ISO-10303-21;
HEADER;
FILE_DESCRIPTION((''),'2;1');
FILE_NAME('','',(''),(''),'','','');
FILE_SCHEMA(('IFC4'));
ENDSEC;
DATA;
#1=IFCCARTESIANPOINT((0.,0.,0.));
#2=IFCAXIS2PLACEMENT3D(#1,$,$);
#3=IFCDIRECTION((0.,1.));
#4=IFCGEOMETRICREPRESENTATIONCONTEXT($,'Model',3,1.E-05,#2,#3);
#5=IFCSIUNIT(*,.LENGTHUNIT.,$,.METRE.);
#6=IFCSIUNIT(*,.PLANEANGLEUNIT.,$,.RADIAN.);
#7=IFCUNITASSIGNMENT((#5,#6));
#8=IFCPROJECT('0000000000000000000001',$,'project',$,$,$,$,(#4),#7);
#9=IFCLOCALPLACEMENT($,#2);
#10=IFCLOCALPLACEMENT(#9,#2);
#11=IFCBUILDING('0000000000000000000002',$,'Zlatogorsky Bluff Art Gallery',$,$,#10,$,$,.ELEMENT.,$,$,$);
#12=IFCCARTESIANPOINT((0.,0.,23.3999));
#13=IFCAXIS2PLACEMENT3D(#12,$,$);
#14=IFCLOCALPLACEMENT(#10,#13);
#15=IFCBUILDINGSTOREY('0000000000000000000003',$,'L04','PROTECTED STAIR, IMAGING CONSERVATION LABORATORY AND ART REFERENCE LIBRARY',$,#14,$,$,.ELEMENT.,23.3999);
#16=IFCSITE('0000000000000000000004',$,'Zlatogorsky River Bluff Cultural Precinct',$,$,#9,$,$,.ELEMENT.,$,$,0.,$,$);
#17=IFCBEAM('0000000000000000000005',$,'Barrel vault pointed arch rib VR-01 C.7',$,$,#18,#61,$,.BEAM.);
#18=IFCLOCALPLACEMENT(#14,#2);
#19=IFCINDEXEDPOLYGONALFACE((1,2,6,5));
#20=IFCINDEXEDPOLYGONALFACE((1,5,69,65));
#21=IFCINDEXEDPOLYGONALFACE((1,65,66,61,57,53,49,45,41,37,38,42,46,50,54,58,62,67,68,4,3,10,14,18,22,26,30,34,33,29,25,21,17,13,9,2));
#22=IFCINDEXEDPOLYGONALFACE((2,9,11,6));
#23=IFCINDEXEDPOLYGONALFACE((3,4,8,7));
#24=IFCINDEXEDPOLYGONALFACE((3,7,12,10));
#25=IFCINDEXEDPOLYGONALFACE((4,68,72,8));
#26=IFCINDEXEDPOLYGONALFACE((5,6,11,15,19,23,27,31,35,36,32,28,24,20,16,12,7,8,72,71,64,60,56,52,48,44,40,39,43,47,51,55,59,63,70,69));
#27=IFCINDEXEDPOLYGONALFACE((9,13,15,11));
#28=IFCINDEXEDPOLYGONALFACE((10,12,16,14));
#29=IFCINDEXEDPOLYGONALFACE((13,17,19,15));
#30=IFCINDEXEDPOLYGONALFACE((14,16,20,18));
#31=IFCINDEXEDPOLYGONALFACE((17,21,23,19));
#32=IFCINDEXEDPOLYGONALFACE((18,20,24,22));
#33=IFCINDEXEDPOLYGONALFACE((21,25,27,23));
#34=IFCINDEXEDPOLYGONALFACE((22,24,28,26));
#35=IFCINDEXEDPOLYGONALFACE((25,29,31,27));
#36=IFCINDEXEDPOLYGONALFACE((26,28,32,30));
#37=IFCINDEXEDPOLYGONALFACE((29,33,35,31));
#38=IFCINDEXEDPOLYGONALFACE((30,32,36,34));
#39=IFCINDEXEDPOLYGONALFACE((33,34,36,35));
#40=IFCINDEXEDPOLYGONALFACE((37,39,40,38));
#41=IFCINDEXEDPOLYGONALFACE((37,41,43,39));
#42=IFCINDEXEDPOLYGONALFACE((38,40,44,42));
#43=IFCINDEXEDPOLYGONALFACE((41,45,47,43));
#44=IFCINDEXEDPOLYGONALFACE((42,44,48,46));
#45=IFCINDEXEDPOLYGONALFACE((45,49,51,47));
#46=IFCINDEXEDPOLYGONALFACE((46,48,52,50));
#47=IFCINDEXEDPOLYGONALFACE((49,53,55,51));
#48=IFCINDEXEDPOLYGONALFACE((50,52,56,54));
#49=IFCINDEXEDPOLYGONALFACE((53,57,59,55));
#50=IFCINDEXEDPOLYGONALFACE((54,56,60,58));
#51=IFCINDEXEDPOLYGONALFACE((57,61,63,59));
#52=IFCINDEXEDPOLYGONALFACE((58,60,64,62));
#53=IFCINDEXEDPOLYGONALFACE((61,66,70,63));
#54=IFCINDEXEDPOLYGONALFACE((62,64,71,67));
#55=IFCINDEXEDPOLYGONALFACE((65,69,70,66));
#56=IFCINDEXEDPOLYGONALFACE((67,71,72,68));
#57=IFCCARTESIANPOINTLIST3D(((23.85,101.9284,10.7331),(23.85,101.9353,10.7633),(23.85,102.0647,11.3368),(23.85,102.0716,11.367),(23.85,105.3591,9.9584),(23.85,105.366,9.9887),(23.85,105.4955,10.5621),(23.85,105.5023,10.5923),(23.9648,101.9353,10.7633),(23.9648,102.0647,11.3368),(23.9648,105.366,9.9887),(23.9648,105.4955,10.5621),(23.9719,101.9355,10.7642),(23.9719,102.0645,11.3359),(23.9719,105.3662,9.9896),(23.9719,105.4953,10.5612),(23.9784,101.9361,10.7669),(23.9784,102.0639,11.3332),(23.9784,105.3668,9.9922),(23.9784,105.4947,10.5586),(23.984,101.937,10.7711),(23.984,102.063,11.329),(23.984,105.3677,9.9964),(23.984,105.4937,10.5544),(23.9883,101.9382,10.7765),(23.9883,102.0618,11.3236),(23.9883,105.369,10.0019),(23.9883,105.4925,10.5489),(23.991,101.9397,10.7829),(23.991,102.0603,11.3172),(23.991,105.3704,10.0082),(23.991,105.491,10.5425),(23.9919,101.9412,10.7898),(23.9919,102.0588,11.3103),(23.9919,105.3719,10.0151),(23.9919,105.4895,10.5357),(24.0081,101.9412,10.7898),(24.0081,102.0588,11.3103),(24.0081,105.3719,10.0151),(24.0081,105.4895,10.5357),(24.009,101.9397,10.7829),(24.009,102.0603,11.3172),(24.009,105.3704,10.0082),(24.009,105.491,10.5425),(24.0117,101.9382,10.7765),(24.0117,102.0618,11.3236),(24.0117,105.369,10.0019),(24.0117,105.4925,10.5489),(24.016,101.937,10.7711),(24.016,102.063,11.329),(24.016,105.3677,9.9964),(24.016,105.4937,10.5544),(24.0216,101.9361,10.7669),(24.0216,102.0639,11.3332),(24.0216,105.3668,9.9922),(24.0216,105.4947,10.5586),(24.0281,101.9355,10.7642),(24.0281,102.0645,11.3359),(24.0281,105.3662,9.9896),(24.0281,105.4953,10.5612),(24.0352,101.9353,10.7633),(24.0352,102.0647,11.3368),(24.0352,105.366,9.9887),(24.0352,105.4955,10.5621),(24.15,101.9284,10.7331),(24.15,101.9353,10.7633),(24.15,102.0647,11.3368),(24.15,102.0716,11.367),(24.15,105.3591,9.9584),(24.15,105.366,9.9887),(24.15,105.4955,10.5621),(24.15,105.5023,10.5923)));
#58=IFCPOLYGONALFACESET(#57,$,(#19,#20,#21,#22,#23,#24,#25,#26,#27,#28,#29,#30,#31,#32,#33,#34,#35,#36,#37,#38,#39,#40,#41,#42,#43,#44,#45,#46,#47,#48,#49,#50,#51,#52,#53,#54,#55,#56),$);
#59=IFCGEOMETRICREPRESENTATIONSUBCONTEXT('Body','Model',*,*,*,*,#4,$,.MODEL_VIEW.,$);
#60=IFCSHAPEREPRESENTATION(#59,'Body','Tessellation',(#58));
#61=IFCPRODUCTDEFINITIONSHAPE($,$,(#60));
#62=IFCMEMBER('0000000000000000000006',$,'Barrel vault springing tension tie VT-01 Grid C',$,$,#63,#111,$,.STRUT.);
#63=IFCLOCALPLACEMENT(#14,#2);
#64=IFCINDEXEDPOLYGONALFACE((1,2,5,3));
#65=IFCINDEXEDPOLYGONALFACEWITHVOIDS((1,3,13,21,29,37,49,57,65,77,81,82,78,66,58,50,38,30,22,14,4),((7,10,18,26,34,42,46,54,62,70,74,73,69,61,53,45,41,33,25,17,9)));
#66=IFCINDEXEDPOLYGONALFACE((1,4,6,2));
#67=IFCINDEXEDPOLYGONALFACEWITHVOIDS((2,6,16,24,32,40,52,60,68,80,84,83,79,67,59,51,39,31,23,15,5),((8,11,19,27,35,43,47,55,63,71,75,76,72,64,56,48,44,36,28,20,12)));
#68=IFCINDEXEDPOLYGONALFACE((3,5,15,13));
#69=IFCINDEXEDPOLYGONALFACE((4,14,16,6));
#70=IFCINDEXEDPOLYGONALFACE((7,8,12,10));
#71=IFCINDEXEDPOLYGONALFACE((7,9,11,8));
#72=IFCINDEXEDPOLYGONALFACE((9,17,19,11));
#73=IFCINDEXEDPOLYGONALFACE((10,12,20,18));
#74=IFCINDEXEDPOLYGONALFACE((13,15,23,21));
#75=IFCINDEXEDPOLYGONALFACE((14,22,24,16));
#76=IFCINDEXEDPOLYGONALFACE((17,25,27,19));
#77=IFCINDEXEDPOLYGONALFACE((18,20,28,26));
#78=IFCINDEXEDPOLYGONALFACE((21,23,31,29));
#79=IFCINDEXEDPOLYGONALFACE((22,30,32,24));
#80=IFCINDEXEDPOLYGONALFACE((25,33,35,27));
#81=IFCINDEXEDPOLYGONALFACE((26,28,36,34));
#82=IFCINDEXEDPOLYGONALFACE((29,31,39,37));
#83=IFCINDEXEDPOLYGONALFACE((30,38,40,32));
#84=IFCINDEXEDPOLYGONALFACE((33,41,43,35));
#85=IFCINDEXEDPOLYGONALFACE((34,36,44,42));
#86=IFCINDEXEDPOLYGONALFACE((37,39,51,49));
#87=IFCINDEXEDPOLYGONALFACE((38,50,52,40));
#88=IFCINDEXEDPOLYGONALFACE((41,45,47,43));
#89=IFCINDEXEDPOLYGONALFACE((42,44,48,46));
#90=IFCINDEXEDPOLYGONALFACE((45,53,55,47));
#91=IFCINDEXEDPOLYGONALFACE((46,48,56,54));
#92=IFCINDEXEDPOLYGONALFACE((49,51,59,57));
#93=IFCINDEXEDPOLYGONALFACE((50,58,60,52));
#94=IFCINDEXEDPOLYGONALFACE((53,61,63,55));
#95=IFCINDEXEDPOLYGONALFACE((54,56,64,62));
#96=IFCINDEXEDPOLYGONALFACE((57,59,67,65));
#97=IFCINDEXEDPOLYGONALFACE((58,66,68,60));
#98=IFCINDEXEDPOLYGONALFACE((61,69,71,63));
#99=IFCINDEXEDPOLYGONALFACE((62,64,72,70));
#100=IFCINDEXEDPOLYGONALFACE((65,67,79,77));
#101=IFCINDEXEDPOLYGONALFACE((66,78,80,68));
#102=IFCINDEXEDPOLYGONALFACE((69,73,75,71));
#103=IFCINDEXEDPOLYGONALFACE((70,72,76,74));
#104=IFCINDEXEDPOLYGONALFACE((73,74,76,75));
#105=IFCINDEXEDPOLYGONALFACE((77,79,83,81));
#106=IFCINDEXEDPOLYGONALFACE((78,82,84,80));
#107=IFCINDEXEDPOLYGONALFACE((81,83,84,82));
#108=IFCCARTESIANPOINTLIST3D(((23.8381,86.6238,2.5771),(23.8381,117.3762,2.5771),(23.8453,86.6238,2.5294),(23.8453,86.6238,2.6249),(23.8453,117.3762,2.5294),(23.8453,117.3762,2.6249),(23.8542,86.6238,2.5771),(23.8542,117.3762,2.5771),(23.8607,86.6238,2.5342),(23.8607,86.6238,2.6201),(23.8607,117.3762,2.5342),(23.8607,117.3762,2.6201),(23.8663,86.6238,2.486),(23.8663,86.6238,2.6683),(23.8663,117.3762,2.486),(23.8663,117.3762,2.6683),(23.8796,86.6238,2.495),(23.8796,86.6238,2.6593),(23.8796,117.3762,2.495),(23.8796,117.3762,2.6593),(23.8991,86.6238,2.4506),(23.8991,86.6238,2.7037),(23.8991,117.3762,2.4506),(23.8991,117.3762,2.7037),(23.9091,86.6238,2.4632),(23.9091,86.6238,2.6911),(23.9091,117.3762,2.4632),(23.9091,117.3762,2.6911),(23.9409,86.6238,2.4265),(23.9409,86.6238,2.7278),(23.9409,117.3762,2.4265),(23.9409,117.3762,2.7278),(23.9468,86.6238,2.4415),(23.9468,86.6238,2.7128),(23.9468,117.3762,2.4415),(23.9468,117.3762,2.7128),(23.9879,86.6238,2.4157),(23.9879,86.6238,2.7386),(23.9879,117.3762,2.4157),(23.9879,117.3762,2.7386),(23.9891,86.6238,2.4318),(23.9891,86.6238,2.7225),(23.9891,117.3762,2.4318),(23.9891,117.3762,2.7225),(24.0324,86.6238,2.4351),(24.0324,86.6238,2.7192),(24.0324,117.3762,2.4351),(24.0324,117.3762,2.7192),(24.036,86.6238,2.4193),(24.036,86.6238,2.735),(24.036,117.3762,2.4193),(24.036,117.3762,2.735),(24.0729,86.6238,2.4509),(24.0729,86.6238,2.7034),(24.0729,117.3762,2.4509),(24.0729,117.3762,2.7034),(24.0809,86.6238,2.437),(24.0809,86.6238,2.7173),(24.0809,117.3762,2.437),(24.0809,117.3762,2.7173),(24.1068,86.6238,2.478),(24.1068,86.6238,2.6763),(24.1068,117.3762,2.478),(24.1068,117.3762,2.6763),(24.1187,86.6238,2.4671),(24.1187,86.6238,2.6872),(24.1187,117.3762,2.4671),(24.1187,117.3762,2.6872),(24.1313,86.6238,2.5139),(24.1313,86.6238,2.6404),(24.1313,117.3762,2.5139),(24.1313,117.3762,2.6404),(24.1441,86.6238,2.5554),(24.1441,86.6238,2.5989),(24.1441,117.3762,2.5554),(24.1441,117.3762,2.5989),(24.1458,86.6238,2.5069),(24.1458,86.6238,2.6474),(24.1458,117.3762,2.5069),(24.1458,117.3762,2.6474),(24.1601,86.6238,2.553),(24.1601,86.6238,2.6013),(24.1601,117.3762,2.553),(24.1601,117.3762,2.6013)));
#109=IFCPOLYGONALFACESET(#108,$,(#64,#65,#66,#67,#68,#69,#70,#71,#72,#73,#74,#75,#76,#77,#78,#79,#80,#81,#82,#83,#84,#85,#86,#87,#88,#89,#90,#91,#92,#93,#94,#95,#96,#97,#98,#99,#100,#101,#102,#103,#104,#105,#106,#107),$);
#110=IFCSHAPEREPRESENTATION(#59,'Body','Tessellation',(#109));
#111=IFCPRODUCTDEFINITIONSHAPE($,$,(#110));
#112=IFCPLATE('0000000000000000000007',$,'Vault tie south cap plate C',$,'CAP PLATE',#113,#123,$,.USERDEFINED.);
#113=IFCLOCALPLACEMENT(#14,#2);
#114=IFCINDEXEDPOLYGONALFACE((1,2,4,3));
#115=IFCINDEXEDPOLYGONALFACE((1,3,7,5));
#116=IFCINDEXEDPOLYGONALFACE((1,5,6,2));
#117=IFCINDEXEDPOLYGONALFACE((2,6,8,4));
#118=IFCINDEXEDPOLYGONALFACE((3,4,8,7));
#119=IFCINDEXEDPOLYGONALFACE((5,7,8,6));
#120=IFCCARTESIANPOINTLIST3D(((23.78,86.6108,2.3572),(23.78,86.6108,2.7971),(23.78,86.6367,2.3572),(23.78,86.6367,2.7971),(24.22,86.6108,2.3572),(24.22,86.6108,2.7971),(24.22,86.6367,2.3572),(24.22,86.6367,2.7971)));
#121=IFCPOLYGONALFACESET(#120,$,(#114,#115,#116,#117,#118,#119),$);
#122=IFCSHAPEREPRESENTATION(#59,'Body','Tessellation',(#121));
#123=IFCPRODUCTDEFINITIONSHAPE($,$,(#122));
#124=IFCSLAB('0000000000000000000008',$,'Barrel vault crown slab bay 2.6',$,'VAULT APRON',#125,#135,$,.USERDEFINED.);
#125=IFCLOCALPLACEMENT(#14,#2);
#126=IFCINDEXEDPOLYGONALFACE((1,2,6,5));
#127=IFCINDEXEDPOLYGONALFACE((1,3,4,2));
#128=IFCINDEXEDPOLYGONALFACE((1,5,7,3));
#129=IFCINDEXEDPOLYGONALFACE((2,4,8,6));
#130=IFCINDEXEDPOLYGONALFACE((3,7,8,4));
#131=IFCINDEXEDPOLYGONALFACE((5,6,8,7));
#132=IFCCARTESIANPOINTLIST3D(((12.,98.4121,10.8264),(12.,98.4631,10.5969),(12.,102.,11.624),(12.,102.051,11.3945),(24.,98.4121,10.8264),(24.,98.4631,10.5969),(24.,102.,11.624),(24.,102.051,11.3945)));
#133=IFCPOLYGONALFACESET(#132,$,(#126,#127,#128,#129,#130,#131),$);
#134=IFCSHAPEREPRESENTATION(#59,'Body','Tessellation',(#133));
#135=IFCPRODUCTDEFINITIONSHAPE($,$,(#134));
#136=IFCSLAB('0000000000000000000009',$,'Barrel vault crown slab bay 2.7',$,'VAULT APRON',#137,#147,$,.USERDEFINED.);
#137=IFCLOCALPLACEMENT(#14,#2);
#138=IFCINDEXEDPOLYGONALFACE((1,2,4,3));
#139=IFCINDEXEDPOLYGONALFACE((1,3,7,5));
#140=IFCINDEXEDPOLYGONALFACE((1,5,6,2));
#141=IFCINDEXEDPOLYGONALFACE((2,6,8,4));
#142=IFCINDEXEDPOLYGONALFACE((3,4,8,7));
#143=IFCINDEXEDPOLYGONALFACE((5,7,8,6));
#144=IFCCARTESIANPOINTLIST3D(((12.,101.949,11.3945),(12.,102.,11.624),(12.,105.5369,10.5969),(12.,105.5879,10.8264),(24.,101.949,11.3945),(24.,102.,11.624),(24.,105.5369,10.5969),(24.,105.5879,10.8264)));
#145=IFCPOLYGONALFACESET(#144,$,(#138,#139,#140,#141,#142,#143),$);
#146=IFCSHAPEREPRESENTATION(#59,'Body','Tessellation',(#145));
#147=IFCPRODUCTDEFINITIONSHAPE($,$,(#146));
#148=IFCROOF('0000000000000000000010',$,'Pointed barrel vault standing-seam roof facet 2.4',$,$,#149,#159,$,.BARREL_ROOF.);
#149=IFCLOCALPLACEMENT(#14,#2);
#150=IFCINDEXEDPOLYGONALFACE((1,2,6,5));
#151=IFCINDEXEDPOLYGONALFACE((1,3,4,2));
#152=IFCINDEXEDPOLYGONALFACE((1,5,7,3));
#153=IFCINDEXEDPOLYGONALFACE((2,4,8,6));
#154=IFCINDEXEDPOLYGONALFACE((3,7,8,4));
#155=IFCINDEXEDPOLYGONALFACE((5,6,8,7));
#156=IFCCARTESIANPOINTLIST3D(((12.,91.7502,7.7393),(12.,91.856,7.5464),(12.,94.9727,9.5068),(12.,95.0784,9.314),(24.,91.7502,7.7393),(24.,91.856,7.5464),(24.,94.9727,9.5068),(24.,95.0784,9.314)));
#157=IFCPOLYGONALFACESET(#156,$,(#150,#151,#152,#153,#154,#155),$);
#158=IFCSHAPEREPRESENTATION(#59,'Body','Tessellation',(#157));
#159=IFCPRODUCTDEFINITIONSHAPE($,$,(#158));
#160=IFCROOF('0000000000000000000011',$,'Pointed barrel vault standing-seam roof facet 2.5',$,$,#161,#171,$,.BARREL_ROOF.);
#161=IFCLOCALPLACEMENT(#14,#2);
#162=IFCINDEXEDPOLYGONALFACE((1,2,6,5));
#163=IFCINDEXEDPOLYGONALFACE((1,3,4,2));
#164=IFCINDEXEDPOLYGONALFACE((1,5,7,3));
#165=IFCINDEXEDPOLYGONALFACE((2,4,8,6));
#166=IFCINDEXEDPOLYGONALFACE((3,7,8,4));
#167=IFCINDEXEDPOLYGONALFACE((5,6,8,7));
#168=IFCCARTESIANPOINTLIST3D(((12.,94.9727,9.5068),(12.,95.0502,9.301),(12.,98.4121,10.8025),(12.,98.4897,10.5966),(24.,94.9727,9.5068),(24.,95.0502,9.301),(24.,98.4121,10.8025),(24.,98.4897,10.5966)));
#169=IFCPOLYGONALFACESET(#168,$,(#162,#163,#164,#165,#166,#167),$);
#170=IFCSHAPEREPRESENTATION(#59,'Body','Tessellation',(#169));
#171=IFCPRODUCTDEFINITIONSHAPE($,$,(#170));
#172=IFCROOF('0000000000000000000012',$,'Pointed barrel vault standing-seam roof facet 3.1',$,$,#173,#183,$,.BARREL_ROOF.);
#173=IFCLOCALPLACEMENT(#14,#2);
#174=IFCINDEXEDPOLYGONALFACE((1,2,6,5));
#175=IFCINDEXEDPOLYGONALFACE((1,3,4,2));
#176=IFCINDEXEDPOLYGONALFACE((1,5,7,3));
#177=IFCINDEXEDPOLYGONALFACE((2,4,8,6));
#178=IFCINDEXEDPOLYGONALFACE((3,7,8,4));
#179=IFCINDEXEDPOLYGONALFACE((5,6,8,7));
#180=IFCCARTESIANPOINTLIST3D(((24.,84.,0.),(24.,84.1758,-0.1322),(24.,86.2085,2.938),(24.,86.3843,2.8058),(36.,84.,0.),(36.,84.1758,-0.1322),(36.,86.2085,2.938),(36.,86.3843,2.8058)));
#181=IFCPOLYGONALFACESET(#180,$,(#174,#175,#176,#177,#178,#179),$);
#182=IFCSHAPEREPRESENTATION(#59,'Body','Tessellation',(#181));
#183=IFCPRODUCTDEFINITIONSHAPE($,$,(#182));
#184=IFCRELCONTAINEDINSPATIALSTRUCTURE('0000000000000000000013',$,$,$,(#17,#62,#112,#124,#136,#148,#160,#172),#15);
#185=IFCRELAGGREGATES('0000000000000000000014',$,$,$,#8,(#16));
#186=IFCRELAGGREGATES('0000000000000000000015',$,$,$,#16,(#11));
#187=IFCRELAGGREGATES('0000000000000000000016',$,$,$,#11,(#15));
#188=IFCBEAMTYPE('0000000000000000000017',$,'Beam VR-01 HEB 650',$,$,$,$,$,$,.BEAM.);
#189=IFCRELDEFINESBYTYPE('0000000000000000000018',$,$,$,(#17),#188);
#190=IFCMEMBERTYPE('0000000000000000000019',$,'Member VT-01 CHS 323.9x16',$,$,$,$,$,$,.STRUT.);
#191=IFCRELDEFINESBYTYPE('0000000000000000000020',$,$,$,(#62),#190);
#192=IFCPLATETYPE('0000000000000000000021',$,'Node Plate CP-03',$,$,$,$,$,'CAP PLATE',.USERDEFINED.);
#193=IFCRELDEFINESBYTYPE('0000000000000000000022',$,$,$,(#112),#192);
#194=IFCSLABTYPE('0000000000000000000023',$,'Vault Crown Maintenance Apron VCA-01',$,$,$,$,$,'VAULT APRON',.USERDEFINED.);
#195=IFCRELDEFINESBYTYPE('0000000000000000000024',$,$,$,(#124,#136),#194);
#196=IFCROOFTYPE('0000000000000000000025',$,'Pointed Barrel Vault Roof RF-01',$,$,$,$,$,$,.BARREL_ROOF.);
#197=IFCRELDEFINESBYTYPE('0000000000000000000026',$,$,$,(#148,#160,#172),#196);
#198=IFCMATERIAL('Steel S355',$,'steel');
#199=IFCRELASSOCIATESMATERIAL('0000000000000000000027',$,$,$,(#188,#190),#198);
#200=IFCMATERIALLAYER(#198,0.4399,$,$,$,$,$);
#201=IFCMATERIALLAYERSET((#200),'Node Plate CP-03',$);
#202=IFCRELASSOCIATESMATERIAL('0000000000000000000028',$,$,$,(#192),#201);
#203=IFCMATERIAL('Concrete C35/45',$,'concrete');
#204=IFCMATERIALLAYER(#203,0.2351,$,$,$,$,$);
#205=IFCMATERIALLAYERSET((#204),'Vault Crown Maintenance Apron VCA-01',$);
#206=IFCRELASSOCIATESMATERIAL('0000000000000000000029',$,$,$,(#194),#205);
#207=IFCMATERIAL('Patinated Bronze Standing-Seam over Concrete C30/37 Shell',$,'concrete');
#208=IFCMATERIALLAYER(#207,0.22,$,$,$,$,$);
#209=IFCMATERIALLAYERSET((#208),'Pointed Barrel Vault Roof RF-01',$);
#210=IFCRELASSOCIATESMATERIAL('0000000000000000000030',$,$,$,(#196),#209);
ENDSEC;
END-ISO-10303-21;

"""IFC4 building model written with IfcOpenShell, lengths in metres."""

from ifc_helpers import new_model, si_unit, direction, frame, origin, origin_2d, place, context, subcontext, project, spatial, polyline, rectangle, hollow_circle, i_section, outline, extrude, material, layer, layer_set, material_profile, profile_set, type_object, element, save


model = new_model("IFC4")

# Units and contexts
model_context = context("Model", 3, precision=1e-05, world=origin(), true_north=direction((0.0, 1.0)))
body_context = subcontext(model_context, "Body", "Model", "MODEL_VIEW")
ifc_project = project(units=[si_unit("LENGTHUNIT", "METRE"), si_unit("PLANEANGLEUNIT", "RADIAN")], contexts=[model_context])

# Site, building, storey
site_placement = place(None, origin())
site = spatial("IfcSite", under=ifc_project, at=site_placement, Name="Zlatogorsky River Bluff Cultural Precinct", CompositionType="ELEMENT", RefElevation=0.0)
building_placement = place(site_placement, origin())
building = spatial("IfcBuilding", under=site, at=building_placement, Name="Zlatogorsky Bluff Art Gallery", CompositionType="ELEMENT")
storey_placement = place(building_placement, frame((0.0, 0.0, 23.3999)))
storey = spatial("IfcBuildingStorey", under=building, at=storey_placement, Name="L04", Description="PROTECTED STAIR, IMAGING CONSERVATION LABORATORY AND ART REFERENCE LIBRARY", CompositionType="ELEMENT", Elevation=23.3999)

# Beam
ifc_material_1 = material(Name="Steel S355", Category="steel")
ifc_material_profile_1 = material_profile(ifc_material_1, i_section(OverallWidth=0.3, OverallDepth=0.6499, WebThickness=0.0161, FlangeThickness=0.031, FilletRadius=0.0271, at=origin_2d()), Name="HEB 650")
ifc_profile_set_1 = profile_set([ifc_material_profile_1], Name="Steel S355")
beam_type_1 = type_object("IfcBeamType", Name="Beam VR-01 HEB 650", PredefinedType="BEAM", material=ifc_profile_set_1)
for number, where, z_axis, x_axis, name in (
    (1, (24.0, 102.0, 11.05), (0.0, 0.975441, -0.220259), (-1.0, 0.0, 0.0), "Barrel vault pointed arch rib VR-01 C.7"),
):
    element("IfcBeam", number, at=place(storey_placement, frame(where, z_axis=z_axis, x_axis=x_axis)), inside=storey, type_object=beam_type_1, Name=name, PredefinedType="BEAM", context=body_context, shape_type="SweptSolid", body=[
        extrude(i_section(OverallWidth=0.3, OverallDepth=0.6499, WebThickness=0.0161, FlangeThickness=0.031, FilletRadius=0.0271, at=origin_2d()), origin(), (0.0, 0.0, 1.0), 3.5171),
    ])

# Member
ifc_material_profile_2 = material_profile(ifc_material_1, hollow_circle(Radius=0.1619, WallThickness=0.0161, at=origin_2d()), Name="CHS 323.9x16")
ifc_profile_set_2 = profile_set([ifc_material_profile_2], Name="Steel S355")
member_type = type_object("IfcMemberType", Name="Member VT-01 CHS 323.9x16", PredefinedType="STRUT", material=ifc_profile_set_2)
member_placement = place(storey_placement, frame((24.0, 86.6238, 2.5771), z_axis=(0.0, 1.0, 0.0), x_axis=(-1.0, 0.0, 0.0)))
element("IfcMember", 2, at=member_placement, inside=storey, type_object=member_type, Name="Barrel vault springing tension tie VT-01 Grid C", PredefinedType="STRUT", context=body_context, shape_type="SweptSolid", body=[
    extrude(hollow_circle(Radius=0.1619, WallThickness=0.0161, at=origin_2d()), origin(), (0.0, 0.0, 1.0), 30.7524),
])

# Plate
ifc_layer_1 = layer(ifc_material_1, 0.4399)
ifc_layer_set_1 = layer_set([ifc_layer_1], Name="Node Plate CP-03")
plate_type = type_object("IfcPlateType", Name="Node Plate CP-03", ElementType="CAP PLATE", PredefinedType="USERDEFINED", material=ifc_layer_set_1)
plate_placement = place(storey_placement, frame((24.0, 86.6238, 2.3572), z_axis=(0.0, 0.0, 1.0), x_axis=(1.0, 0.0, 0.0)))
element("IfcPlate", 3, at=plate_placement, inside=storey, type_object=plate_type, Name="Vault tie south cap plate C", ObjectType="CAP PLATE", PredefinedType="USERDEFINED", context=body_context, shape_type="SweptSolid", body=[
    extrude(rectangle(XDim=0.4399, YDim=0.0259, at=origin_2d()), origin(), (0.0, 0.0, 1.0), 0.4399),
])

# Slabs
ifc_material_2 = material(Name="Concrete C35/45", Category="concrete")
ifc_layer_2 = layer(ifc_material_2, 0.2351)
ifc_layer_set_2 = layer_set([ifc_layer_2], Name="Vault Crown Maintenance Apron VCA-01")
slab_type = type_object("IfcSlabType", Name="Vault Crown Maintenance Apron VCA-01", ElementType="VAULT APRON", PredefinedType="USERDEFINED", material=ifc_layer_set_2)
for number, where, z_axis, x_axis, name in (
    (4, (12.0, 98.4121, 10.8264), (0.0, -0.217008, 0.97617), (1.0, 0.0, 0.0), "Barrel vault crown slab bay 2.6"),
    (5, (12.0, 102.0, 11.624), (0.0, 0.217008, 0.97617), (1.0, 0.0, 0.0), "Barrel vault crown slab bay 2.7"),
):
    element("IfcSlab", number, at=place(storey_placement, frame(where, z_axis=z_axis, x_axis=x_axis)), inside=storey, type_object=slab_type, Name=name, ObjectType="VAULT APRON", PredefinedType="USERDEFINED", context=body_context, shape_type="SweptSolid", body=[
        extrude(outline(polyline([(0.0, 0.0), (12.0, 0.0), (12.0, 3.6755), (0.0, 3.6755), (0.0, 0.0)])), origin(), (0.0, 0.0, -1.0), 0.2351),
    ])

# Roofs
ifc_material_3 = material(Name="Patinated Bronze Standing-Seam over Concrete C30/37 Shell", Category="concrete")
ifc_layer_3 = layer(ifc_material_3, 0.22)
ifc_layer_set_3 = layer_set([ifc_layer_3], Name="Pointed Barrel Vault Roof RF-01")
roof_type = type_object("IfcRoofType", Name="Pointed Barrel Vault Roof RF-01", PredefinedType="BARREL_ROOF", material=ifc_layer_set_3)
roof_1_placement = place(storey_placement, frame((12.0, 91.7502, 7.7393), z_axis=(0.0, -0.480927, 0.876761), x_axis=(1.0, 0.0, 0.0)))
element("IfcRoof", 6, at=roof_1_placement, inside=storey, type_object=roof_type, Name="Pointed barrel vault standing-seam roof facet 2.4", PredefinedType="BARREL_ROOF", context=body_context, shape_type="SweptSolid", body=[
    extrude(outline(polyline([(0.0, 0.0), (12.0, 0.0), (12.0, 3.6754), (0.0, 3.6754), (0.0, 0.0)])), origin(), (0.0, 0.0, -1.0), 0.22),
])
roof_2_placement = place(storey_placement, frame((12.0, 94.9727, 9.5068), z_axis=(0.0, -0.352521, 0.935804), x_axis=(1.0, 0.0, 0.0)))
element("IfcRoof", 7, at=roof_2_placement, inside=storey, type_object=roof_type, Name="Pointed barrel vault standing-seam roof facet 2.5", PredefinedType="BARREL_ROOF", context=body_context, shape_type="SweptSolid", body=[
    extrude(outline(polyline([(0.0, 0.0), (12.0, 0.0), (12.0, 3.6754), (0.0, 3.6754), (0.0, 0.0)])), origin(), (0.0, 0.0, -1.0), 0.22),
])
roof_3_placement = place(storey_placement, frame((24.0, 84.0, 0.0), z_axis=(0.0, -0.799346, 0.600871), x_axis=(1.0, 0.0, 0.0)))
element("IfcRoof", 8, at=roof_3_placement, inside=storey, type_object=roof_type, Name="Pointed barrel vault standing-seam roof facet 3.1", PredefinedType="BARREL_ROOF", context=body_context, shape_type="SweptSolid", body=[
    extrude(outline(polyline([(0.0, 0.0), (12.0, 0.0), (12.0, 3.6755), (0.0, 3.6755), (0.0, 0.0)])), origin(), (0.0, 0.0, -1.0), 0.22),
])

save(model, "model.ifc")
